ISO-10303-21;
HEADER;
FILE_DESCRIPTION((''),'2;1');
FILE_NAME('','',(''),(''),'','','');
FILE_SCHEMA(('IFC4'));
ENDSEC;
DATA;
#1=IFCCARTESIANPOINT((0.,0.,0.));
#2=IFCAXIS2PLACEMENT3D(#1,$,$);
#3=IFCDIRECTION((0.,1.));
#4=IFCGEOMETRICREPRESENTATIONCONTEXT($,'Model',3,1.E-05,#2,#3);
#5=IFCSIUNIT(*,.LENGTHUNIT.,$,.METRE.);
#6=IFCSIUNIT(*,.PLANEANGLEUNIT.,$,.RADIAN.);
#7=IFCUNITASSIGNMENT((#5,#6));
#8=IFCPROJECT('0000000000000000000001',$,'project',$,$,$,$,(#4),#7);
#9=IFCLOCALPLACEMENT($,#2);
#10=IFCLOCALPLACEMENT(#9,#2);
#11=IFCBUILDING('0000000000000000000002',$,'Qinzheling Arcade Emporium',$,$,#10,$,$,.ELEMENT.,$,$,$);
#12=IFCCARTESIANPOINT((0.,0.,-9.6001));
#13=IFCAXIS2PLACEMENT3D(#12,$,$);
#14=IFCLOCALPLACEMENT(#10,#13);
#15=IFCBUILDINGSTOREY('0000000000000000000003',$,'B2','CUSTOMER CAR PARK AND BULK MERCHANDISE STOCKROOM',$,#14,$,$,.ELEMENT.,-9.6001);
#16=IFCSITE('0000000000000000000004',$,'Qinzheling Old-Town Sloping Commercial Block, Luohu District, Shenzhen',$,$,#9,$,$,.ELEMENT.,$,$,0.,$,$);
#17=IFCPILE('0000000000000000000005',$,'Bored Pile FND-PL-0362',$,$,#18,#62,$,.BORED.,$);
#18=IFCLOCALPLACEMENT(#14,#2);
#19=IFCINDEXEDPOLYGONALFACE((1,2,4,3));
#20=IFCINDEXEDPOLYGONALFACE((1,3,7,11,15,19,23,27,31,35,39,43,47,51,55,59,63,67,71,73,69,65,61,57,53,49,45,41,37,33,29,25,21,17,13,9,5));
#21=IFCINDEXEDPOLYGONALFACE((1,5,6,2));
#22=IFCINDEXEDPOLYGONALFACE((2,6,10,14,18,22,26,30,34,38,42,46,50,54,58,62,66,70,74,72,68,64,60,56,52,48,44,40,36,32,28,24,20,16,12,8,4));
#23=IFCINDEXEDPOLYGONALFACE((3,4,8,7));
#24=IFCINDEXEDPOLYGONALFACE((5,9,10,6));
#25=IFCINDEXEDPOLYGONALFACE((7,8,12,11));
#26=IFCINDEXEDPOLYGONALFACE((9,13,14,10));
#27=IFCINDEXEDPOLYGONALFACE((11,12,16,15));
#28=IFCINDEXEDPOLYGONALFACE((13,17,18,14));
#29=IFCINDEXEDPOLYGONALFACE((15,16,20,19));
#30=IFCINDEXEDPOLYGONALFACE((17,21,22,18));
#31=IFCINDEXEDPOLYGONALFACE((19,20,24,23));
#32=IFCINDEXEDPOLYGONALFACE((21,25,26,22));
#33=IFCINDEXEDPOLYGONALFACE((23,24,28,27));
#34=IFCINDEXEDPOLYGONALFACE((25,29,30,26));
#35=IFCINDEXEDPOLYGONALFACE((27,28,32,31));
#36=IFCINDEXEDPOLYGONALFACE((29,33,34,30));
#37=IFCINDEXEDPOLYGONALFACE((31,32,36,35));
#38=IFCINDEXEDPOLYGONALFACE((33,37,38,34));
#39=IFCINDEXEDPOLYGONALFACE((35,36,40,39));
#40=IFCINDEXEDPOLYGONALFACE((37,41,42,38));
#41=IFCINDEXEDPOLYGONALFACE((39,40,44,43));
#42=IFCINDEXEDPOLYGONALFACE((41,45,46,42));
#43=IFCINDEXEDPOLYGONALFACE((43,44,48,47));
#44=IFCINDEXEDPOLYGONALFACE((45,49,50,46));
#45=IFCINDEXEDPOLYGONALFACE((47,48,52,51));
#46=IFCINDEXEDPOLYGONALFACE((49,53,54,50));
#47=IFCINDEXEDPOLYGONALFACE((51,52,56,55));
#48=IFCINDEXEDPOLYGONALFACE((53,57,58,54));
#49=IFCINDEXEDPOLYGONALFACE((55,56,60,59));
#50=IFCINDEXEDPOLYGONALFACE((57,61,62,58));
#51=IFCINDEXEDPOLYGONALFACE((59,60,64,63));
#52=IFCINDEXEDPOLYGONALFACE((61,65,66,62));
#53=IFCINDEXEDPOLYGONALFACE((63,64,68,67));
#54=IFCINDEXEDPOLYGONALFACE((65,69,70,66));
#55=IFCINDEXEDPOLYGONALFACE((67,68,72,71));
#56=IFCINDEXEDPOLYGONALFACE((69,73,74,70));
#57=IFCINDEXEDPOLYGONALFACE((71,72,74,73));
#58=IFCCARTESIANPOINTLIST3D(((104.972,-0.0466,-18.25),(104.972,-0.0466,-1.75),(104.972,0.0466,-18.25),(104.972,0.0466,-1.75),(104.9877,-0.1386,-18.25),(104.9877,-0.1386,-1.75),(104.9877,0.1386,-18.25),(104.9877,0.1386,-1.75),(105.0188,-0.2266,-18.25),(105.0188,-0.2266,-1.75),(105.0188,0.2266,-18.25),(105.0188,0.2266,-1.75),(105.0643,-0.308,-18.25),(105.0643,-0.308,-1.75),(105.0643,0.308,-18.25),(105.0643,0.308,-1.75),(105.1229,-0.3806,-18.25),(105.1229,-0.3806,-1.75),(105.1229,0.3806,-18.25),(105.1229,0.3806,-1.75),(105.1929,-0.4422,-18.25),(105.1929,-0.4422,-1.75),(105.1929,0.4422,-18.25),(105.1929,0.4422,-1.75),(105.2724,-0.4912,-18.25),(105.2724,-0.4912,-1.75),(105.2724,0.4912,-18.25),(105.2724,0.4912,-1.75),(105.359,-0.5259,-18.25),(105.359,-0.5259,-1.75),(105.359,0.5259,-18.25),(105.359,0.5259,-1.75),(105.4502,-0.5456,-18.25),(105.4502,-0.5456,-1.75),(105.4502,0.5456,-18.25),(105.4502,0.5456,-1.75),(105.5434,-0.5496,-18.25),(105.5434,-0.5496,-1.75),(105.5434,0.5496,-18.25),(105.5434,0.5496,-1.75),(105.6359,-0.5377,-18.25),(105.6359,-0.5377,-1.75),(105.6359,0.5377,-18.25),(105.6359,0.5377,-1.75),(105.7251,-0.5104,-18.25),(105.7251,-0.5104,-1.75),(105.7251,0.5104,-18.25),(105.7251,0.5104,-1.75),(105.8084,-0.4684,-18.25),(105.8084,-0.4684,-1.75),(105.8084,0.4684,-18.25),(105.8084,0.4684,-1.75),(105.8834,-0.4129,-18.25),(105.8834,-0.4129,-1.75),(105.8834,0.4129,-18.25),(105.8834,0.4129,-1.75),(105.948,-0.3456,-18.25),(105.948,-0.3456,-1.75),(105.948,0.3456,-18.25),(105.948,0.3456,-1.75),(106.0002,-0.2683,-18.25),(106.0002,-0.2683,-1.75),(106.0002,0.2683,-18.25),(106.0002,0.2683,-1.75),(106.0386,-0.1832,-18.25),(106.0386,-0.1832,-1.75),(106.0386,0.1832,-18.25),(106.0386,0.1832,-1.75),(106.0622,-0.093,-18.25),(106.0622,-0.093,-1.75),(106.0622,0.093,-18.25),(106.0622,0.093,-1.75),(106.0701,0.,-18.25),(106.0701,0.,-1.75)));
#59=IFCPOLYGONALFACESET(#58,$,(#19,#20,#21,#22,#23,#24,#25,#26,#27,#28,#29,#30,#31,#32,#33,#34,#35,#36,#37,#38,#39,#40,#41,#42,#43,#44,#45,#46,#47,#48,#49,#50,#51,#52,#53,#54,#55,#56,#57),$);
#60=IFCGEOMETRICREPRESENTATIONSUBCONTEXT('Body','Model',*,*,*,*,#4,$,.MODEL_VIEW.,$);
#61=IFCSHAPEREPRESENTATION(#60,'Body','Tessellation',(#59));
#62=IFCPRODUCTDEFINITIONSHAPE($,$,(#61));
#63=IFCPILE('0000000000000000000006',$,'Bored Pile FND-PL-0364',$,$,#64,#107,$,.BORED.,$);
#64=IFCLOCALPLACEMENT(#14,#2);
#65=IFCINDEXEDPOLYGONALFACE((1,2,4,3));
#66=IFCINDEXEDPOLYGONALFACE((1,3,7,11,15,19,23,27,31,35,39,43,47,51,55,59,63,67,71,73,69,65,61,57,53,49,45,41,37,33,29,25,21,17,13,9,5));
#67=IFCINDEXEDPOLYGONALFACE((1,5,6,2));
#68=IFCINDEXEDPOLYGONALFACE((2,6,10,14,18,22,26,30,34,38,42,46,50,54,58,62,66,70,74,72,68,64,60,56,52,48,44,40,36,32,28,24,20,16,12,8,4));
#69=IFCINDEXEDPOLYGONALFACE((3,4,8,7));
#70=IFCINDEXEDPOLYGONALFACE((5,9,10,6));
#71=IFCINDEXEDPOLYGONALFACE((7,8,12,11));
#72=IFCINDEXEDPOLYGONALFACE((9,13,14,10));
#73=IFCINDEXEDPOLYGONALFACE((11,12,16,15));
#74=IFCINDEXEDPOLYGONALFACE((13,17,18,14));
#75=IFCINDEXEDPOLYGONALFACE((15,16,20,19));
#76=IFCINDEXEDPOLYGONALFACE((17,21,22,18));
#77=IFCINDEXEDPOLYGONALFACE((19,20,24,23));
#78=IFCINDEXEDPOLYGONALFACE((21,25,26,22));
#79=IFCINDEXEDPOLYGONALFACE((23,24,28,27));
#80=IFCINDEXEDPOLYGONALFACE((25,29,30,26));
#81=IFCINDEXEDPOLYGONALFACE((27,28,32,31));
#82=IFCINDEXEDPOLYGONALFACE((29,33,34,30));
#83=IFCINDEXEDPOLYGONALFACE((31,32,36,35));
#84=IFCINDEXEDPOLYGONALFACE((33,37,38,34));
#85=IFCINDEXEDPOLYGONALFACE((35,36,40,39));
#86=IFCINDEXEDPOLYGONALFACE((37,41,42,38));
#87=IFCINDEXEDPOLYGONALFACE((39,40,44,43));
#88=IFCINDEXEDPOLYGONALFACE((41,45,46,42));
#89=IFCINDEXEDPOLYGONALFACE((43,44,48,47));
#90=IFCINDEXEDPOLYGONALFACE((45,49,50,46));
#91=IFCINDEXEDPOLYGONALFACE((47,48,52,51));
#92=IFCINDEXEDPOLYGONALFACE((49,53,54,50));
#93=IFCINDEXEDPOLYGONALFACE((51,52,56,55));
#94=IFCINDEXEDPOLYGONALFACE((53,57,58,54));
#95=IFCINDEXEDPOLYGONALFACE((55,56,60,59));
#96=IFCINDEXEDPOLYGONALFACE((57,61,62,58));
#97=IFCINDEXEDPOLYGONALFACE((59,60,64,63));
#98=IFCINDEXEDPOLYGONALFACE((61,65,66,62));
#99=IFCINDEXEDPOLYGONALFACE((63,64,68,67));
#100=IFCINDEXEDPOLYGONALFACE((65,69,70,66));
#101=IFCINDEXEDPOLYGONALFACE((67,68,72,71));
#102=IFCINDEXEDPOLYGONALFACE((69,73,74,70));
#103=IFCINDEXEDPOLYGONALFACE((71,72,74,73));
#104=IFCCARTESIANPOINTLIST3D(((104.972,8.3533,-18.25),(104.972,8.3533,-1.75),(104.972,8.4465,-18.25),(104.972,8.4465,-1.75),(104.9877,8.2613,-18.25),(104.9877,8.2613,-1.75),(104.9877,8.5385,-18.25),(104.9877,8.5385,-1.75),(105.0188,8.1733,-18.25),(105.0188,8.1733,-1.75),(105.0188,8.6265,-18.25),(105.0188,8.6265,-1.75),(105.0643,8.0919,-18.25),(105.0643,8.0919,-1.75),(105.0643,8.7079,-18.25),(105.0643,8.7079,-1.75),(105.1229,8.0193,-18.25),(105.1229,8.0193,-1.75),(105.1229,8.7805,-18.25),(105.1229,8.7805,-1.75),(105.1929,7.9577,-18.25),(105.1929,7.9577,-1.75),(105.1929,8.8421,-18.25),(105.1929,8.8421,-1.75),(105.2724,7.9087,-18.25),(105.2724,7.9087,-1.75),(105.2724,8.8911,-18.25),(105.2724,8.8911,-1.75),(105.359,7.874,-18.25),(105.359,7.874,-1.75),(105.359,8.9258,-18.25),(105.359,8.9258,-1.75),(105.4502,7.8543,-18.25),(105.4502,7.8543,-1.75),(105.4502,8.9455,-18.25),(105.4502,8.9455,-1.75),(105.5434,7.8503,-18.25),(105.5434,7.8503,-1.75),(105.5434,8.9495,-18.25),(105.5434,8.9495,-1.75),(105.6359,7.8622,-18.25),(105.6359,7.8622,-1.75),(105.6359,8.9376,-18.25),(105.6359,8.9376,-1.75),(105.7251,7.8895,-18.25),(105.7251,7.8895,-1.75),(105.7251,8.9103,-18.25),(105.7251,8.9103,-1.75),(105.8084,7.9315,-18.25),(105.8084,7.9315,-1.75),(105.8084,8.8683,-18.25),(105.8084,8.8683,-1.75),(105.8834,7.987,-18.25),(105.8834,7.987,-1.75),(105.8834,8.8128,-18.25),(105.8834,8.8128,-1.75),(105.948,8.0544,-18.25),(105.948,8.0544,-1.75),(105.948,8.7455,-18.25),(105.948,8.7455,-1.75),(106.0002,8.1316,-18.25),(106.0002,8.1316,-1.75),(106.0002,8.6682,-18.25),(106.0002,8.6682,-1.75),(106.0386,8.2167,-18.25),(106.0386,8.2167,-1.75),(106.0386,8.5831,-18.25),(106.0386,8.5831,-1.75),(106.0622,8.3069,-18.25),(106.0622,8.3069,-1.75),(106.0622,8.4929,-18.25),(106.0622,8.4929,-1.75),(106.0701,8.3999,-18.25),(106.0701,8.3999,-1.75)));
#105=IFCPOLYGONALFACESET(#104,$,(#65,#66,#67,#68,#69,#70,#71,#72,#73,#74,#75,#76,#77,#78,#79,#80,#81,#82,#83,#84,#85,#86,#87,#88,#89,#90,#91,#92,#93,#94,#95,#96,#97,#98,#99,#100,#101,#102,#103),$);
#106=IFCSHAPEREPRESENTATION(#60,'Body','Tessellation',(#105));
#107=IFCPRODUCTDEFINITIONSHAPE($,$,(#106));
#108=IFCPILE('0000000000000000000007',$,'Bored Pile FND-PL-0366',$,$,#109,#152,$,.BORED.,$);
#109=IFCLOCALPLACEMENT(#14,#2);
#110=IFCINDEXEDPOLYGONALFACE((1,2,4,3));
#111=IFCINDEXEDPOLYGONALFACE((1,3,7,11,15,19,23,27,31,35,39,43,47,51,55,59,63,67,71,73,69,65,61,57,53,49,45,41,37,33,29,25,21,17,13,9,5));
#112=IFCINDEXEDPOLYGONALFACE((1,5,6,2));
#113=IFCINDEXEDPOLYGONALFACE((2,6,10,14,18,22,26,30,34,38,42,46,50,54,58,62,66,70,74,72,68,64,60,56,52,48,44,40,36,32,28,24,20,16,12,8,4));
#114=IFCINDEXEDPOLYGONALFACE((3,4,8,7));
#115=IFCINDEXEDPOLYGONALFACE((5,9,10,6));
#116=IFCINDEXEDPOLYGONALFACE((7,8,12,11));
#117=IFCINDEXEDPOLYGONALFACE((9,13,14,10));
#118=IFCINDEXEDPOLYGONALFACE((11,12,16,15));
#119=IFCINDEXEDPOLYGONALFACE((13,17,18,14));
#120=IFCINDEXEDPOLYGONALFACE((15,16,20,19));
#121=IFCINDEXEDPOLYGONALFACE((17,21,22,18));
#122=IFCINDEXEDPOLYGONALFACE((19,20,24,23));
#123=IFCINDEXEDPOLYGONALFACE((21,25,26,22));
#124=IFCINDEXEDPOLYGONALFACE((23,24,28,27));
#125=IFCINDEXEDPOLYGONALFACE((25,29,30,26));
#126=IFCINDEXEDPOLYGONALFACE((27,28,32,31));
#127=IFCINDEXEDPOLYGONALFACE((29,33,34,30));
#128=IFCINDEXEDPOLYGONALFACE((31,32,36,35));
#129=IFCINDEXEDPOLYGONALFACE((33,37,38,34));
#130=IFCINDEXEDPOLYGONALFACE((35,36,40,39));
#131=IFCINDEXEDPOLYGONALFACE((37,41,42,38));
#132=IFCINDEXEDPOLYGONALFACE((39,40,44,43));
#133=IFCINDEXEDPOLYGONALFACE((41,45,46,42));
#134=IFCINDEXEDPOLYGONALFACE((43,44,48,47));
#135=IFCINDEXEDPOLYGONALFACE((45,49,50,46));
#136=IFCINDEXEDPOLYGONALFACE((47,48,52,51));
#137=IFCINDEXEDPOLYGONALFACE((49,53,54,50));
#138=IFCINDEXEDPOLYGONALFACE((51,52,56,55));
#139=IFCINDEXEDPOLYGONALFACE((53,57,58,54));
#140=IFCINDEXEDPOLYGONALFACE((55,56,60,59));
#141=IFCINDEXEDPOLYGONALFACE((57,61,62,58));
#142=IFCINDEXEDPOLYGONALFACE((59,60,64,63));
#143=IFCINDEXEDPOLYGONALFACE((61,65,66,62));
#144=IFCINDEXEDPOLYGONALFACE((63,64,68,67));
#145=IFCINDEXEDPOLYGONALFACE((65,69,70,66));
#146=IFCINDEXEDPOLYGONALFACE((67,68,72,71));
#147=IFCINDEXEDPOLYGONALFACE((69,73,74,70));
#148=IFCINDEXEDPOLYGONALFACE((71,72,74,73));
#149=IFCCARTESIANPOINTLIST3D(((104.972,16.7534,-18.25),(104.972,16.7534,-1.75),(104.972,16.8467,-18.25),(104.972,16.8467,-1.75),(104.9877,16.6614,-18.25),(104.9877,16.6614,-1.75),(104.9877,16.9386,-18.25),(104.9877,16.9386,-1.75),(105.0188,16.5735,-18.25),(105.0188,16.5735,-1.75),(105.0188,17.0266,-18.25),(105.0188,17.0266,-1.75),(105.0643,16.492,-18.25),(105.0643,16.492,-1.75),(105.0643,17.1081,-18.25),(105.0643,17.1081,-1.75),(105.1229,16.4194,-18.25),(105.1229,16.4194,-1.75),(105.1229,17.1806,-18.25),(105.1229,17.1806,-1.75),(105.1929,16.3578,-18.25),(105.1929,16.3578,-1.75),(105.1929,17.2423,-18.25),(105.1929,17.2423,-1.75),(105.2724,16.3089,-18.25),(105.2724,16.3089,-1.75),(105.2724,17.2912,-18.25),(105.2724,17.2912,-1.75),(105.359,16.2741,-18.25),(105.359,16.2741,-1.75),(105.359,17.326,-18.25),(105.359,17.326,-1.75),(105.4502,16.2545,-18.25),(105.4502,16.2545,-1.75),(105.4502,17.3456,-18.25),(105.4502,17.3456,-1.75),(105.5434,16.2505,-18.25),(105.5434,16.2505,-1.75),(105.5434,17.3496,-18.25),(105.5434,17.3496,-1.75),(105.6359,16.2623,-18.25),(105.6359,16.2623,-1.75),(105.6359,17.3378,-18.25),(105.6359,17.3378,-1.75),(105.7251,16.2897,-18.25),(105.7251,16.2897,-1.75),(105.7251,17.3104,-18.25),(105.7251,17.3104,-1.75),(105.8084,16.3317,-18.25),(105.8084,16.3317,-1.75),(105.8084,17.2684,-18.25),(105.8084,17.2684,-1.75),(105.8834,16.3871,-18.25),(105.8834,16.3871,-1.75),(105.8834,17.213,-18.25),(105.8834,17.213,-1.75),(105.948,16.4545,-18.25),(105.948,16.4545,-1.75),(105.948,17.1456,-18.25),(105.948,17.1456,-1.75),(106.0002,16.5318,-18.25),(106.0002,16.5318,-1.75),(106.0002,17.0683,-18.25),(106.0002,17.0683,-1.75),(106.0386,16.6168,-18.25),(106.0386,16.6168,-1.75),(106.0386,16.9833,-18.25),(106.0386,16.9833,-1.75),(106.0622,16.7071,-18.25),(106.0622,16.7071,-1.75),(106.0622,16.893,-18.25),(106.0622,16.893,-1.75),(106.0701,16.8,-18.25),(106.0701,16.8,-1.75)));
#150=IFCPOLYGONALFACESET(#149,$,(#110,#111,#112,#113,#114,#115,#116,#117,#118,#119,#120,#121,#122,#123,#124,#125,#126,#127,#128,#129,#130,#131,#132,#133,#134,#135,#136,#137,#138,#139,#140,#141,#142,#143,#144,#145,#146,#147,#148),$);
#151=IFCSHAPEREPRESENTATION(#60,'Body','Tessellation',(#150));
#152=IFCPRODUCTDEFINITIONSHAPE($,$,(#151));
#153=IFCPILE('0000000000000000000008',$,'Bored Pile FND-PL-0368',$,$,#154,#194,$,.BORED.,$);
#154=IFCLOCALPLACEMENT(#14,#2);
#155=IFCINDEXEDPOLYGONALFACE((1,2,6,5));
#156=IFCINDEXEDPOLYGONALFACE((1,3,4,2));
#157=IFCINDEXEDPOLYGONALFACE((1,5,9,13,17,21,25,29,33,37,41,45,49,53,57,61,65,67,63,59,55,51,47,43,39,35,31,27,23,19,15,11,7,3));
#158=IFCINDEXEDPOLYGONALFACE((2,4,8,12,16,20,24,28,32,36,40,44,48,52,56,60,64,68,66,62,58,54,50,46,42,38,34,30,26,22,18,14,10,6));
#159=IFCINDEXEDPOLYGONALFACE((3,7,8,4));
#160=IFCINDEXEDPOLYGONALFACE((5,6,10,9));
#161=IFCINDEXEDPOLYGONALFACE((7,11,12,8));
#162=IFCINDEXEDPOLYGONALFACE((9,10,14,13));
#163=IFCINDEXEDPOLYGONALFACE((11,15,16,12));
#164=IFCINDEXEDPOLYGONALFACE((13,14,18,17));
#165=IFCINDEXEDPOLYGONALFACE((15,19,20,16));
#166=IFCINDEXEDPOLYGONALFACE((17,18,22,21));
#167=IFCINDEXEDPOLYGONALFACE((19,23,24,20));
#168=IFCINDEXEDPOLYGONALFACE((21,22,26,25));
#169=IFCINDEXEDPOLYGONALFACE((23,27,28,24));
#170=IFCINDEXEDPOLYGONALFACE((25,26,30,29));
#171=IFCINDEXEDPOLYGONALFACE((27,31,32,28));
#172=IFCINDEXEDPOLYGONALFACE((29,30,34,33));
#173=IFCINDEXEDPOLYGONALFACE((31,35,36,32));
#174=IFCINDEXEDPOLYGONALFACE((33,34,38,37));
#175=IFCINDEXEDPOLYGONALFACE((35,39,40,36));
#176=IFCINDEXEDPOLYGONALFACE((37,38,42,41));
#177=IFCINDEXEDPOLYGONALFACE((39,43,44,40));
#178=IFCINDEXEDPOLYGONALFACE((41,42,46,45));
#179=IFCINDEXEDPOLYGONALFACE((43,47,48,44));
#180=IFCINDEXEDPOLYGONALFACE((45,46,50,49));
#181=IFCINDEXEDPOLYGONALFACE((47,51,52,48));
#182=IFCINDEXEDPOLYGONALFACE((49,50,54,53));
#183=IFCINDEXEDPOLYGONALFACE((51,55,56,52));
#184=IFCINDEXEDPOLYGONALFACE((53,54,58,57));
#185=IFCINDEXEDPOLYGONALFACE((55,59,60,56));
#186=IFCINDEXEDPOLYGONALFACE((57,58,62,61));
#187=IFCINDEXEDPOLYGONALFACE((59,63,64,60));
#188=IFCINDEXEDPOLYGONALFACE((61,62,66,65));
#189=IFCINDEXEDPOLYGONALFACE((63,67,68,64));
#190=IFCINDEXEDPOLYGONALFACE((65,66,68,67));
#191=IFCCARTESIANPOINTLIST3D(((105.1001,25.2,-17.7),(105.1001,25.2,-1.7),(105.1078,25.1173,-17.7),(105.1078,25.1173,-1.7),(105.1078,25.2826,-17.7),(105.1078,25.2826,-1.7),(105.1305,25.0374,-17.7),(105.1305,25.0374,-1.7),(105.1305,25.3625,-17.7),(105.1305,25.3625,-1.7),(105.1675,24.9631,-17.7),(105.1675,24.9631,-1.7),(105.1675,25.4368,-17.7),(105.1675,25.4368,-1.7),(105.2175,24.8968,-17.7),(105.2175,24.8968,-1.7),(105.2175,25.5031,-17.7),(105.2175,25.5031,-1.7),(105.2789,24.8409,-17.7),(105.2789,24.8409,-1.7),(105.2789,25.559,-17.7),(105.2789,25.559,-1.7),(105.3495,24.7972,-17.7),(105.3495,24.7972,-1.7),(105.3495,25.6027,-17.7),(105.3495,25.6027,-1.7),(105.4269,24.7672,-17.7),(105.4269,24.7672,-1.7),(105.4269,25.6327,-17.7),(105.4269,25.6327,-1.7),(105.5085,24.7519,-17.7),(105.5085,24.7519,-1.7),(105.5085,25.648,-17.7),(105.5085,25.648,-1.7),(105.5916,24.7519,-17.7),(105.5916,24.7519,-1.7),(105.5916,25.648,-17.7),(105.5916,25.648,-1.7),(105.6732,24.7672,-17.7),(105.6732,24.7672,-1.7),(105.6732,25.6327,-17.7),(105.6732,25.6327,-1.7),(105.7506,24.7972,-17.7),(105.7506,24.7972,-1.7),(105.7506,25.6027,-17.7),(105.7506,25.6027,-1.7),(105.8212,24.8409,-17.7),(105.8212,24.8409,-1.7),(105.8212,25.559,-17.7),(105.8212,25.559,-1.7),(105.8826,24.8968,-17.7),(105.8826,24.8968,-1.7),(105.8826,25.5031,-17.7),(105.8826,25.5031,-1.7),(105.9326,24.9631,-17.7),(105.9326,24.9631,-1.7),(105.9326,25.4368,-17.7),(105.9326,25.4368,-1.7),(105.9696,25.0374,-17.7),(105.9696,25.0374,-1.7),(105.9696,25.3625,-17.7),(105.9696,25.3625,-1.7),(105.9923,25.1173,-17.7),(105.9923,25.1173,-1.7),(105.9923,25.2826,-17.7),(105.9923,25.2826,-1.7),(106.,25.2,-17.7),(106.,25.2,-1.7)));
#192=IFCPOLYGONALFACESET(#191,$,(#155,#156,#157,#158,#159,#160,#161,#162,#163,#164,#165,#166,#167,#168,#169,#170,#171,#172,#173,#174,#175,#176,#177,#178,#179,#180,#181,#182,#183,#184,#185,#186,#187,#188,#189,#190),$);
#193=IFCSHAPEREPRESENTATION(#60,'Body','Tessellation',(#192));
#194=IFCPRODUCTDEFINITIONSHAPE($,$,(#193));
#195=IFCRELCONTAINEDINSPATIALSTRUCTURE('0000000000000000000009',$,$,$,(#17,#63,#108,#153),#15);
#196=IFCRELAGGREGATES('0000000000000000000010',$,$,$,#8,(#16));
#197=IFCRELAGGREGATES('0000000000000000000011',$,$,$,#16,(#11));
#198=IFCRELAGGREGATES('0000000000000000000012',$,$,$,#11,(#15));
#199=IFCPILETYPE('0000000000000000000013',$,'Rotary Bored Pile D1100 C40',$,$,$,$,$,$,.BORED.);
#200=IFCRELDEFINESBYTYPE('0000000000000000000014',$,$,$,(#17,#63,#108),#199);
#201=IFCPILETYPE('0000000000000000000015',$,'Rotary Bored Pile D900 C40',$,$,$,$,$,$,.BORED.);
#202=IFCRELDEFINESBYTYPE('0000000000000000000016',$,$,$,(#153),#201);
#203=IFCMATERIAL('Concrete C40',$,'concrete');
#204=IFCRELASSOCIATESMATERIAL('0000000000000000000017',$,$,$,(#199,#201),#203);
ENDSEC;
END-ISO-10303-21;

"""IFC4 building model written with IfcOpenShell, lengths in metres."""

from ifc_helpers import new_model, si_unit, direction, frame, origin, origin_2d, place, context, subcontext, project, spatial, circle, extrude, material, material_profile, profile_set, type_object, element, save


model = new_model("IFC4")

# Units and contexts
model_context = context("Model", 3, precision=1e-05, world=origin(), true_north=direction((0.0, 1.0)))
body_context = subcontext(model_context, "Body", "Model", "MODEL_VIEW")
ifc_project = project(units=[si_unit("LENGTHUNIT", "METRE"), si_unit("PLANEANGLEUNIT", "RADIAN")], contexts=[model_context])

# Site, building, storey
site_placement = place(None, origin())
site = spatial("IfcSite", under=ifc_project, at=site_placement, Name="Qinzheling Old-Town Sloping Commercial Block, Luohu District, Shenzhen", CompositionType="ELEMENT", RefElevation=0.0)
building_placement = place(site_placement, origin())
building = spatial("IfcBuilding", under=site, at=building_placement, Name="Qinzheling Arcade Emporium", CompositionType="ELEMENT")
storey_placement = place(building_placement, frame((0.0, 0.0, -9.6001)))
storey = spatial("IfcBuildingStorey", under=building, at=storey_placement, Name="B2", Description="CUSTOMER CAR PARK AND BULK MERCHANDISE STOCKROOM", CompositionType="ELEMENT", Elevation=-9.6001)

# Shared definitions
ifc_material_1 = material(Name="Concrete C40", Category="concrete")

# Piles
ifc_material_profile_1 = material_profile(ifc_material_1, circle(Radius=0.55, at=origin_2d()), Name="BORED D1100", Category="concrete")
ifc_profile_set_1 = profile_set([ifc_material_profile_1], Name="Concrete C40")
pile_type_1 = type_object("IfcPileType", Name="Rotary Bored Pile D1100 C40", PredefinedType="BORED", material=ifc_profile_set_1)
for number, where, z_axis, x_axis, name in (
    (1, (105.52, 0.0, -1.75), (0.0, 0.0, -1.0), (1.0, 0.0, 0.0), "Bored Pile FND-PL-0362"),
    (2, (105.52, 8.3999, -1.75), (0.0, 0.0, -1.0), (1.0, 0.0, 0.0), "Bored Pile FND-PL-0364"),
    (3, (105.52, 16.8, -1.75), (0.0, 0.0, -1.0), (1.0, 0.0, 0.0), "Bored Pile FND-PL-0366"),
):
    element("IfcPile", number, at=place(storey_placement, frame(where, z_axis=z_axis, x_axis=x_axis)), inside=storey, type_object=pile_type_1, Name=name, PredefinedType="BORED", context=body_context, shape_type="SweptSolid", body=[
        extrude(circle(Radius=0.55, at=origin_2d()), origin(), (0.0, 0.0, 1.0), 16.5),
    ])
ifc_material_profile_2 = material_profile(ifc_material_1, circle(Radius=0.45, at=origin_2d()), Name="BORED D900", Category="concrete")
ifc_profile_set_2 = profile_set([ifc_material_profile_2], Name="Concrete C40")
pile_type_2 = type_object("IfcPileType", Name="Rotary Bored Pile D900 C40", PredefinedType="BORED", material=ifc_profile_set_2)
pile_1_placement = place(storey_placement, frame((105.55, 25.2, -1.7), z_axis=(0.0, 0.0, -1.0), x_axis=(1.0, 0.0, 0.0)))
element("IfcPile", 4, at=pile_1_placement, inside=storey, type_object=pile_type_2, Name="Bored Pile FND-PL-0368", PredefinedType="BORED", context=body_context, shape_type="SweptSolid", body=[
    extrude(circle(Radius=0.45, at=origin_2d()), origin(), (0.0, 0.0, 1.0), 16.0),
])

save(model, "model.ifc")
